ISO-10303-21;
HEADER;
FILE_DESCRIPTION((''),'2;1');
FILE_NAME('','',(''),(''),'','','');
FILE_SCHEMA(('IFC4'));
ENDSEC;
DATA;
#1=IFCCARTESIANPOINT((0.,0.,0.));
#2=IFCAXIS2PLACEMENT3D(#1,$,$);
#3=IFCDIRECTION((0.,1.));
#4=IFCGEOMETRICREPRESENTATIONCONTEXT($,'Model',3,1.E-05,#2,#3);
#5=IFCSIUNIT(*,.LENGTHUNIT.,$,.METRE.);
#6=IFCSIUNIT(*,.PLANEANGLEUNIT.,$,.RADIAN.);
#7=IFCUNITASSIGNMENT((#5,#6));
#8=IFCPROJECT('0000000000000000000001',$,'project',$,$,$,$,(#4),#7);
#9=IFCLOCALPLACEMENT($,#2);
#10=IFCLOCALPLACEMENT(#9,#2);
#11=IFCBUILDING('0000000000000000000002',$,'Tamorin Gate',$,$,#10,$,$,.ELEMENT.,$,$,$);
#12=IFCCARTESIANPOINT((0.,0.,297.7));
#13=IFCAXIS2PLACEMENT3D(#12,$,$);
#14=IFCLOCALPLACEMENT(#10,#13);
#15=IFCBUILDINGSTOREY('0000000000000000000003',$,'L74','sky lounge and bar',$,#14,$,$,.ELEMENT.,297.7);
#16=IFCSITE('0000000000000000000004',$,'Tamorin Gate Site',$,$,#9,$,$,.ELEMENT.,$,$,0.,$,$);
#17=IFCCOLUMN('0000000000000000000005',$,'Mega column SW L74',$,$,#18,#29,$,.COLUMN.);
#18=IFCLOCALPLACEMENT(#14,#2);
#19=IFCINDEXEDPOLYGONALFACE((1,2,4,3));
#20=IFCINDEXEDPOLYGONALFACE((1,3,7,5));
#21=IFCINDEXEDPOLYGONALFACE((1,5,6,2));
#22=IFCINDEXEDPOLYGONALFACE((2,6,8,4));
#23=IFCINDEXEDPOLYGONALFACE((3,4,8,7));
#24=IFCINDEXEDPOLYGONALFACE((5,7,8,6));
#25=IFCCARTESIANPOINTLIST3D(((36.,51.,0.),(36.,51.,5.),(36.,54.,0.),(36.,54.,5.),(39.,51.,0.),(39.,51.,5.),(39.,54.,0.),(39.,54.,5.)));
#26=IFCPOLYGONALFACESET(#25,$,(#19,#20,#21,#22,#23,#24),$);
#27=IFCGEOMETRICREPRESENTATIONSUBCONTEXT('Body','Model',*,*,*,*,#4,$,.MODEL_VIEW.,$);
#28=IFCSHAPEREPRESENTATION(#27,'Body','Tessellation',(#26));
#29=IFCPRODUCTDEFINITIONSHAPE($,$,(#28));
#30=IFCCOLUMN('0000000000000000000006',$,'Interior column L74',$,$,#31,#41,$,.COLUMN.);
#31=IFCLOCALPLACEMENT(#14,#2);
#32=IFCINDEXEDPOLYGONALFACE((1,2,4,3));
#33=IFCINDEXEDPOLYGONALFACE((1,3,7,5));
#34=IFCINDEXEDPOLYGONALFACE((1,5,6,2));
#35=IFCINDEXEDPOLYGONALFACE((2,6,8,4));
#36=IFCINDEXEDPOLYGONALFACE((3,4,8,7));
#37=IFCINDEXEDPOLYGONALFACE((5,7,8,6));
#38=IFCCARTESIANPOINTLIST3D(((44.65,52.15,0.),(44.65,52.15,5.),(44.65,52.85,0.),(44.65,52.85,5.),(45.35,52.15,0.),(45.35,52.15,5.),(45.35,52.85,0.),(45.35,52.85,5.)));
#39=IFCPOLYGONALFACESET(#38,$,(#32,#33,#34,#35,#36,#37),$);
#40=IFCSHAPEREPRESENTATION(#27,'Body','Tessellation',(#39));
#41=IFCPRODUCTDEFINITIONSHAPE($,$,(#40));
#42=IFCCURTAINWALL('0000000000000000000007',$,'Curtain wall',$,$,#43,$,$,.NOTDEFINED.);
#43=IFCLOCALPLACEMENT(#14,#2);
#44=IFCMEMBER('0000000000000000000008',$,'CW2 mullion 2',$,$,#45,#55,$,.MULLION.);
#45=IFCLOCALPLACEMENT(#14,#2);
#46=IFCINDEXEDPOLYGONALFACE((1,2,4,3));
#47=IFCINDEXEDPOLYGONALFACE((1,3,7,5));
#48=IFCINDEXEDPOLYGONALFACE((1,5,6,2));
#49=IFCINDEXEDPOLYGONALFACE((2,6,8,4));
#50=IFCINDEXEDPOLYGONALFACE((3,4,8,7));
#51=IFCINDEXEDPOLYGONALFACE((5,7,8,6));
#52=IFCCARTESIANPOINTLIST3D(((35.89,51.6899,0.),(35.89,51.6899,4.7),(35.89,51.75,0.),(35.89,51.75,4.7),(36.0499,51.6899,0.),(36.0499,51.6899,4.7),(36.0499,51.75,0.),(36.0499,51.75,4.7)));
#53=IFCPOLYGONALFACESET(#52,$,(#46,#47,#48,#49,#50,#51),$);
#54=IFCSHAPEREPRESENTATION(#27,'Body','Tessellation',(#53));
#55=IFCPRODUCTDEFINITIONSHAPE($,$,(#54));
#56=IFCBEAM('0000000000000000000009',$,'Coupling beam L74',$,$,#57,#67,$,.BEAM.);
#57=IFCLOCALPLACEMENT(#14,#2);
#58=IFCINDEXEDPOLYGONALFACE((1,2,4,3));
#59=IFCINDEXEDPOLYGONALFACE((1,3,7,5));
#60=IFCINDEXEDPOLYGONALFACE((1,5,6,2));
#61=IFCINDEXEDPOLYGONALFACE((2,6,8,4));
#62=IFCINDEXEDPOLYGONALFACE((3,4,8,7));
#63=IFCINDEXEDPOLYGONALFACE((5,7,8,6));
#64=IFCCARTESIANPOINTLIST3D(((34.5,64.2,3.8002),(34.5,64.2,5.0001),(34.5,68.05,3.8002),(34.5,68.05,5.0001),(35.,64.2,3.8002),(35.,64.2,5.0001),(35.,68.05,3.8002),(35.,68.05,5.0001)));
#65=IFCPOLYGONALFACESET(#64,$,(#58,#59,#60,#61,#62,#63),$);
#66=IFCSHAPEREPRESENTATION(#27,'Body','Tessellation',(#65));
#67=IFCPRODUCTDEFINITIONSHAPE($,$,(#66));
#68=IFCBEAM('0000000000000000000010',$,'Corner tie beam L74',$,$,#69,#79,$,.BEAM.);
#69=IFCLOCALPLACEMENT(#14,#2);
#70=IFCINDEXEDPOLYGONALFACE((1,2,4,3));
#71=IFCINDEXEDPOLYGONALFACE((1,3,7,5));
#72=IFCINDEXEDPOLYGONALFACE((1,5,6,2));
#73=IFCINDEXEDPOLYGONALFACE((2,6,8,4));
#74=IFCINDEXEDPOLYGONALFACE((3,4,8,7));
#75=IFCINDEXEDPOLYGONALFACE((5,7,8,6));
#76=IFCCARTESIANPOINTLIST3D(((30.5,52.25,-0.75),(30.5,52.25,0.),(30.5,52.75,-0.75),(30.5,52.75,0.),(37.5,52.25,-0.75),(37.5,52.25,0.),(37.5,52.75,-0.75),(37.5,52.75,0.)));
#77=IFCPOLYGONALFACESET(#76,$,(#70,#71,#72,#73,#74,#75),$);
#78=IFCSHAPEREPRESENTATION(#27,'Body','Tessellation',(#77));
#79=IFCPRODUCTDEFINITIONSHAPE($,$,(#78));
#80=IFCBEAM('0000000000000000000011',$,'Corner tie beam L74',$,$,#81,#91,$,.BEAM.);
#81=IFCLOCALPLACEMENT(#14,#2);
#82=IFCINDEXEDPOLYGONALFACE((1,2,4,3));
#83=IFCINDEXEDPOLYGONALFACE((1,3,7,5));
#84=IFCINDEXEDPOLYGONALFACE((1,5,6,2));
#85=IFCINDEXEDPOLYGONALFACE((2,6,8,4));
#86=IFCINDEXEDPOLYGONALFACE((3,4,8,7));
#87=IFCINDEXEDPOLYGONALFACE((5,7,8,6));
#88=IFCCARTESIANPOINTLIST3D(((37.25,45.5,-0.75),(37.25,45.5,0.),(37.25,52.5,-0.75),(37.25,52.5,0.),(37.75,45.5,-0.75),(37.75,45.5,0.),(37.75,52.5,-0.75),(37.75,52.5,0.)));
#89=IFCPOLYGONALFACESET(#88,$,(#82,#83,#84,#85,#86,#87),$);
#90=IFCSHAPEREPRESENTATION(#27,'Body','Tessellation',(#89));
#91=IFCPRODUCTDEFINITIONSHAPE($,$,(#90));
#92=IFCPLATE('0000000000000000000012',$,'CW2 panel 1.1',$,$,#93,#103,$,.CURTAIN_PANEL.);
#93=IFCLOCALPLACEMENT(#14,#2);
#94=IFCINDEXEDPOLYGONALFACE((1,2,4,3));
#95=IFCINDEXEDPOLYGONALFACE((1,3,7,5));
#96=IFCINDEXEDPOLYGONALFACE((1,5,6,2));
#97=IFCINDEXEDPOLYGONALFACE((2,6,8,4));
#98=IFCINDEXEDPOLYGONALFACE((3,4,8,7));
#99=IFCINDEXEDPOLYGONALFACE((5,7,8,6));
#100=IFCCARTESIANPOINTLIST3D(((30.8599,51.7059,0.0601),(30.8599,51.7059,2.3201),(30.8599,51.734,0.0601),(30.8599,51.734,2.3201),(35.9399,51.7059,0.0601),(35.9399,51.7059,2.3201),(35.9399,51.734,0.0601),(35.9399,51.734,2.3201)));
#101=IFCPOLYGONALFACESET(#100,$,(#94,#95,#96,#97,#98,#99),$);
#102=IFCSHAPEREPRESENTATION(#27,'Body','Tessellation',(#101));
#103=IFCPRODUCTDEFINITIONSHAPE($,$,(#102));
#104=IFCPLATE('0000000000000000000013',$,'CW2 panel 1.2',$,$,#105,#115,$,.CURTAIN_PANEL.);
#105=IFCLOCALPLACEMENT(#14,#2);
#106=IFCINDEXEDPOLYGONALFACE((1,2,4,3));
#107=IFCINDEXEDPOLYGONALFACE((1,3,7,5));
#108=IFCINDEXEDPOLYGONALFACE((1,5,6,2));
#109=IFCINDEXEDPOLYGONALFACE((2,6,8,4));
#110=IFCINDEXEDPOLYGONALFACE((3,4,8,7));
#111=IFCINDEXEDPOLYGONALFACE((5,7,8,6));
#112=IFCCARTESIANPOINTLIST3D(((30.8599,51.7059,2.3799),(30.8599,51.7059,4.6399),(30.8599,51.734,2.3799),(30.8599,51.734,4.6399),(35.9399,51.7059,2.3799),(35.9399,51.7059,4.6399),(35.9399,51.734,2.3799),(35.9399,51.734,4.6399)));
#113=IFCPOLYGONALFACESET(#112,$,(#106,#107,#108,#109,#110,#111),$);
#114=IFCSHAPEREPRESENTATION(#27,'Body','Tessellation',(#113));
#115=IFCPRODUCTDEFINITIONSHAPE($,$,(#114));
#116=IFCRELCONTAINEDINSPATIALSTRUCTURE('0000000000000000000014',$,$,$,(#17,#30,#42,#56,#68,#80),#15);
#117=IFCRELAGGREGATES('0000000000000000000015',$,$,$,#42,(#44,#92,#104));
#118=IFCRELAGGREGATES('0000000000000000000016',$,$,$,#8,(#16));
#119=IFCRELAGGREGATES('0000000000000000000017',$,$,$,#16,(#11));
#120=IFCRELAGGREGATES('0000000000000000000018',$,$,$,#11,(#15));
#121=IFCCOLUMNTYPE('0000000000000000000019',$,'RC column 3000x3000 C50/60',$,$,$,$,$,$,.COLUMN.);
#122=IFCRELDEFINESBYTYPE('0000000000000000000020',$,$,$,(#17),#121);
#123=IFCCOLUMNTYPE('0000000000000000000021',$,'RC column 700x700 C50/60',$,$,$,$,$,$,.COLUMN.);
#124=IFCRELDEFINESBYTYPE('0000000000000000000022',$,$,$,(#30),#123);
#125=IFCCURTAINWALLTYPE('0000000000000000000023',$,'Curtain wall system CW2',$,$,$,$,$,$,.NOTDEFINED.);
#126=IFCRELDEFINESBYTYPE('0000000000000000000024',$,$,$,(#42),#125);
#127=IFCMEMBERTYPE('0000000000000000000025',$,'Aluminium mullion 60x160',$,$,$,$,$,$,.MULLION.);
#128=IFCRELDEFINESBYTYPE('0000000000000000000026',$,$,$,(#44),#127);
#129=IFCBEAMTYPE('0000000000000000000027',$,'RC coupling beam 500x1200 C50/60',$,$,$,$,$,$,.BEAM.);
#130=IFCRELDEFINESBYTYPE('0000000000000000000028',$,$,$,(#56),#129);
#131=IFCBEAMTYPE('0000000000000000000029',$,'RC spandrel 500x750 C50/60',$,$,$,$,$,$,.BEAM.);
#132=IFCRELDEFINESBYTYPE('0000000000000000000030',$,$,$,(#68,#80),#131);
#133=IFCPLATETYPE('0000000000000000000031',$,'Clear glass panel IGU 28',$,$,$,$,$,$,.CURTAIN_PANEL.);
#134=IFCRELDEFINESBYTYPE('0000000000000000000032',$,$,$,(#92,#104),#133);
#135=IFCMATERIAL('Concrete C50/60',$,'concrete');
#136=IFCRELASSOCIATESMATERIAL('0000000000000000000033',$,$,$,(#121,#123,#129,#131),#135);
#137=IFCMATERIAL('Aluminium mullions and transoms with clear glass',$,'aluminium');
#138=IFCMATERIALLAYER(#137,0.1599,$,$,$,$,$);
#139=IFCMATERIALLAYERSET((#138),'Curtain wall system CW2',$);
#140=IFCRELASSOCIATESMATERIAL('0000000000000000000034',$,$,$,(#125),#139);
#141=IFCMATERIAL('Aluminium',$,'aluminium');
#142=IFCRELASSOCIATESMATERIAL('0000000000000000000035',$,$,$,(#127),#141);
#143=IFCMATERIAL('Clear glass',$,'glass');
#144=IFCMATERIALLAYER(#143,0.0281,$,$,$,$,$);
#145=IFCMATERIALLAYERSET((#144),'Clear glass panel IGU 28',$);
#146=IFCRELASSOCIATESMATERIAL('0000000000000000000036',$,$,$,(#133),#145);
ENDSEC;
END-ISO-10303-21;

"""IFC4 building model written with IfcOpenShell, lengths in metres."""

from ifc_helpers import new_model, si_unit, direction, frame, origin, origin_2d, place, context, subcontext, project, spatial, rectangle, extrude, material, layer, layer_set, material_profile, profile_set, type_object, element, aggregate, save


model = new_model("IFC4")

# Units and contexts
model_context = context("Model", 3, precision=1e-05, world=origin(), true_north=direction((0.0, 1.0)))
body_context = subcontext(model_context, "Body", "Model", "MODEL_VIEW")
ifc_project = project(units=[si_unit("LENGTHUNIT", "METRE"), si_unit("PLANEANGLEUNIT", "RADIAN")], contexts=[model_context])

# Site, building, storey
site_placement = place(None, origin())
site = spatial("IfcSite", under=ifc_project, at=site_placement, Name="Tamorin Gate Site", CompositionType="ELEMENT", RefElevation=0.0)
building_placement = place(site_placement, origin())
building = spatial("IfcBuilding", under=site, at=building_placement, Name="Tamorin Gate", CompositionType="ELEMENT")
storey_placement = place(building_placement, frame((0.0, 0.0, 297.7)))
storey = spatial("IfcBuildingStorey", under=building, at=storey_placement, Name="L74", Description="sky lounge and bar", CompositionType="ELEMENT", Elevation=297.7)

# Columns
ifc_material_1 = material(Name="Concrete C50/60", Category="concrete")
ifc_material_profile_1 = material_profile(ifc_material_1, rectangle(XDim=3.0, YDim=3.0, at=origin_2d()), Name="RC 3000x3000")
ifc_profile_set_1 = profile_set([ifc_material_profile_1], Name="Concrete C50/60")
column_type_1 = type_object("IfcColumnType", Name="RC column 3000x3000 C50/60", PredefinedType="COLUMN", material=ifc_profile_set_1)
column_1_placement = place(storey_placement, frame((37.5, 52.5, 0.0), z_axis=(0.0, 0.0, 1.0), x_axis=(1.0, 0.0, 0.0)))
element("IfcColumn", 1, at=column_1_placement, inside=storey, type_object=column_type_1, Name="Mega column SW L74", PredefinedType="COLUMN", context=body_context, shape_type="SweptSolid", body=[
    extrude(rectangle(XDim=3.0, YDim=3.0, at=origin_2d()), origin(), (0.0, 0.0, 1.0), 5.0),
])
ifc_material_profile_2 = material_profile(ifc_material_1, rectangle(XDim=0.7, YDim=0.7, at=origin_2d()), Name="RC 700x700")
ifc_profile_set_2 = profile_set([ifc_material_profile_2], Name="Concrete C50/60")
column_type_2 = type_object("IfcColumnType", Name="RC column 700x700 C50/60", PredefinedType="COLUMN", material=ifc_profile_set_2)
column_2_placement = place(storey_placement, frame((45.0, 52.5, 0.0), z_axis=(0.0, 0.0, 1.0), x_axis=(1.0, 0.0, 0.0)))
element("IfcColumn", 2, at=column_2_placement, inside=storey, type_object=column_type_2, Name="Interior column L74", PredefinedType="COLUMN", context=body_context, shape_type="SweptSolid", body=[
    extrude(rectangle(XDim=0.7, YDim=0.7, at=origin_2d()), origin(), (0.0, 0.0, 1.0), 5.0),
])

# Curtain wall, member
ifc_material_2 = material(Name="Aluminium mullions and transoms with clear glass", Category="aluminium")
ifc_layer_1 = layer(ifc_material_2, 0.1599)
ifc_layer_set_1 = layer_set([ifc_layer_1], Name="Curtain wall system CW2")
curtain_wall_type = type_object("IfcCurtainWallType", Name="Curtain wall system CW2", PredefinedType="NOTDEFINED", material=ifc_layer_set_1)
curtain_wall_placement = place(storey_placement, origin())
curtain_wall = element("IfcCurtainWall", 3, at=curtain_wall_placement, inside=storey, type_object=curtain_wall_type, Name="Curtain wall", PredefinedType="NOTDEFINED")
ifc_material_3 = material(Name="Aluminium", Category="aluminium")
ifc_material_profile_3 = material_profile(ifc_material_3, rectangle(XDim=0.0601, YDim=0.1599, at=origin_2d()), Name="RECT 60x160")
ifc_profile_set_3 = profile_set([ifc_material_profile_3], Name="Aluminium")
member_type = type_object("IfcMemberType", Name="Aluminium mullion 60x160", PredefinedType="MULLION", material=ifc_profile_set_3)
member_placement = place(storey_placement, frame((35.97, 51.72, 0.0), z_axis=(0.0, 0.0, 1.0), x_axis=(0.0, 1.0, 0.0)))
member = element("IfcMember", 4, at=member_placement, type_object=member_type, Name="CW2 mullion 2", PredefinedType="MULLION", context=body_context, shape_type="SweptSolid", body=[
    extrude(rectangle(XDim=0.0601, YDim=0.1599, at=origin_2d()), origin(), (0.0, 0.0, 1.0), 4.7),
])

# Beams
ifc_material_profile_4 = material_profile(ifc_material_1, rectangle(XDim=0.5, YDim=1.2, at=origin_2d()), Name="RC 500x1200")
ifc_profile_set_4 = profile_set([ifc_material_profile_4], Name="Concrete C50/60")
beam_type_1 = type_object("IfcBeamType", Name="RC coupling beam 500x1200 C50/60", PredefinedType="BEAM", material=ifc_profile_set_4)
beam_placement = place(storey_placement, frame((34.75, 64.2, 4.4001), z_axis=(0.0, 1.0, 0.0), x_axis=(-1.0, 0.0, 0.0)))
element("IfcBeam", 5, at=beam_placement, inside=storey, type_object=beam_type_1, Name="Coupling beam L74", PredefinedType="BEAM", context=body_context, shape_type="SweptSolid", body=[
    extrude(rectangle(XDim=0.5, YDim=1.2, at=origin_2d()), origin(), (0.0, 0.0, 1.0), 3.8501),
])
ifc_material_profile_5 = material_profile(ifc_material_1, rectangle(XDim=0.5, YDim=0.75, at=origin_2d()), Name="RC 500x750")
ifc_profile_set_5 = profile_set([ifc_material_profile_5], Name="Concrete C50/60")
beam_type_2 = type_object("IfcBeamType", Name="RC spandrel 500x750 C50/60", PredefinedType="BEAM", material=ifc_profile_set_5)
for number, where, z_axis, x_axis, name in (
    (6, (37.5, 52.5, -0.375), (-1.0, 0.0, 0.0), (0.0, -1.0, 0.0), "Corner tie beam L74"),
    (7, (37.5, 52.5, -0.375), (0.0, -1.0, 0.0), (1.0, 0.0, 0.0), "Corner tie beam L74"),
):
    element("IfcBeam", number, at=place(storey_placement, frame(where, z_axis=z_axis, x_axis=x_axis)), inside=storey, type_object=beam_type_2, Name=name, PredefinedType="BEAM", context=body_context, shape_type="SweptSolid", body=[
        extrude(rectangle(XDim=0.5, YDim=0.75, at=origin_2d()), origin(), (0.0, 0.0, 1.0), 7.0),
    ])

# Plates
ifc_material_4 = material(Name="Clear glass", Category="glass")
ifc_layer_2 = layer(ifc_material_4, 0.0281)
ifc_layer_set_2 = layer_set([ifc_layer_2], Name="Clear glass panel IGU 28")
plate_type = type_object("IfcPlateType", Name="Clear glass panel IGU 28", PredefinedType="CURTAIN_PANEL", material=ifc_layer_set_2)
plate_1_placement = place(storey_placement, frame((33.3999, 51.72, 0.0601), z_axis=(0.0, 0.0, 1.0), x_axis=(1.0, 0.0, 0.0)))
plate_1 = element("IfcPlate", 8, at=plate_1_placement, type_object=plate_type, Name="CW2 panel 1.1", PredefinedType="CURTAIN_PANEL", context=body_context, shape_type="SweptSolid", body=[
    extrude(rectangle(XDim=5.0801, YDim=0.0281, at=origin_2d()), origin(), (0.0, 0.0, 1.0), 2.26),
])
plate_2_placement = place(storey_placement, frame((33.3999, 51.72, 2.3799), z_axis=(0.0, 0.0, 1.0), x_axis=(1.0, 0.0, 0.0)))
plate_2 = element("IfcPlate", 9, at=plate_2_placement, type_object=plate_type, Name="CW2 panel 1.2", PredefinedType="CURTAIN_PANEL", context=body_context, shape_type="SweptSolid", body=[
    extrude(rectangle(XDim=5.0801, YDim=0.0281, at=origin_2d()), origin(), (0.0, 0.0, 1.0), 2.26),
])
aggregate(curtain_wall, [member, plate_1, plate_2])

save(model, "model.ifc")
